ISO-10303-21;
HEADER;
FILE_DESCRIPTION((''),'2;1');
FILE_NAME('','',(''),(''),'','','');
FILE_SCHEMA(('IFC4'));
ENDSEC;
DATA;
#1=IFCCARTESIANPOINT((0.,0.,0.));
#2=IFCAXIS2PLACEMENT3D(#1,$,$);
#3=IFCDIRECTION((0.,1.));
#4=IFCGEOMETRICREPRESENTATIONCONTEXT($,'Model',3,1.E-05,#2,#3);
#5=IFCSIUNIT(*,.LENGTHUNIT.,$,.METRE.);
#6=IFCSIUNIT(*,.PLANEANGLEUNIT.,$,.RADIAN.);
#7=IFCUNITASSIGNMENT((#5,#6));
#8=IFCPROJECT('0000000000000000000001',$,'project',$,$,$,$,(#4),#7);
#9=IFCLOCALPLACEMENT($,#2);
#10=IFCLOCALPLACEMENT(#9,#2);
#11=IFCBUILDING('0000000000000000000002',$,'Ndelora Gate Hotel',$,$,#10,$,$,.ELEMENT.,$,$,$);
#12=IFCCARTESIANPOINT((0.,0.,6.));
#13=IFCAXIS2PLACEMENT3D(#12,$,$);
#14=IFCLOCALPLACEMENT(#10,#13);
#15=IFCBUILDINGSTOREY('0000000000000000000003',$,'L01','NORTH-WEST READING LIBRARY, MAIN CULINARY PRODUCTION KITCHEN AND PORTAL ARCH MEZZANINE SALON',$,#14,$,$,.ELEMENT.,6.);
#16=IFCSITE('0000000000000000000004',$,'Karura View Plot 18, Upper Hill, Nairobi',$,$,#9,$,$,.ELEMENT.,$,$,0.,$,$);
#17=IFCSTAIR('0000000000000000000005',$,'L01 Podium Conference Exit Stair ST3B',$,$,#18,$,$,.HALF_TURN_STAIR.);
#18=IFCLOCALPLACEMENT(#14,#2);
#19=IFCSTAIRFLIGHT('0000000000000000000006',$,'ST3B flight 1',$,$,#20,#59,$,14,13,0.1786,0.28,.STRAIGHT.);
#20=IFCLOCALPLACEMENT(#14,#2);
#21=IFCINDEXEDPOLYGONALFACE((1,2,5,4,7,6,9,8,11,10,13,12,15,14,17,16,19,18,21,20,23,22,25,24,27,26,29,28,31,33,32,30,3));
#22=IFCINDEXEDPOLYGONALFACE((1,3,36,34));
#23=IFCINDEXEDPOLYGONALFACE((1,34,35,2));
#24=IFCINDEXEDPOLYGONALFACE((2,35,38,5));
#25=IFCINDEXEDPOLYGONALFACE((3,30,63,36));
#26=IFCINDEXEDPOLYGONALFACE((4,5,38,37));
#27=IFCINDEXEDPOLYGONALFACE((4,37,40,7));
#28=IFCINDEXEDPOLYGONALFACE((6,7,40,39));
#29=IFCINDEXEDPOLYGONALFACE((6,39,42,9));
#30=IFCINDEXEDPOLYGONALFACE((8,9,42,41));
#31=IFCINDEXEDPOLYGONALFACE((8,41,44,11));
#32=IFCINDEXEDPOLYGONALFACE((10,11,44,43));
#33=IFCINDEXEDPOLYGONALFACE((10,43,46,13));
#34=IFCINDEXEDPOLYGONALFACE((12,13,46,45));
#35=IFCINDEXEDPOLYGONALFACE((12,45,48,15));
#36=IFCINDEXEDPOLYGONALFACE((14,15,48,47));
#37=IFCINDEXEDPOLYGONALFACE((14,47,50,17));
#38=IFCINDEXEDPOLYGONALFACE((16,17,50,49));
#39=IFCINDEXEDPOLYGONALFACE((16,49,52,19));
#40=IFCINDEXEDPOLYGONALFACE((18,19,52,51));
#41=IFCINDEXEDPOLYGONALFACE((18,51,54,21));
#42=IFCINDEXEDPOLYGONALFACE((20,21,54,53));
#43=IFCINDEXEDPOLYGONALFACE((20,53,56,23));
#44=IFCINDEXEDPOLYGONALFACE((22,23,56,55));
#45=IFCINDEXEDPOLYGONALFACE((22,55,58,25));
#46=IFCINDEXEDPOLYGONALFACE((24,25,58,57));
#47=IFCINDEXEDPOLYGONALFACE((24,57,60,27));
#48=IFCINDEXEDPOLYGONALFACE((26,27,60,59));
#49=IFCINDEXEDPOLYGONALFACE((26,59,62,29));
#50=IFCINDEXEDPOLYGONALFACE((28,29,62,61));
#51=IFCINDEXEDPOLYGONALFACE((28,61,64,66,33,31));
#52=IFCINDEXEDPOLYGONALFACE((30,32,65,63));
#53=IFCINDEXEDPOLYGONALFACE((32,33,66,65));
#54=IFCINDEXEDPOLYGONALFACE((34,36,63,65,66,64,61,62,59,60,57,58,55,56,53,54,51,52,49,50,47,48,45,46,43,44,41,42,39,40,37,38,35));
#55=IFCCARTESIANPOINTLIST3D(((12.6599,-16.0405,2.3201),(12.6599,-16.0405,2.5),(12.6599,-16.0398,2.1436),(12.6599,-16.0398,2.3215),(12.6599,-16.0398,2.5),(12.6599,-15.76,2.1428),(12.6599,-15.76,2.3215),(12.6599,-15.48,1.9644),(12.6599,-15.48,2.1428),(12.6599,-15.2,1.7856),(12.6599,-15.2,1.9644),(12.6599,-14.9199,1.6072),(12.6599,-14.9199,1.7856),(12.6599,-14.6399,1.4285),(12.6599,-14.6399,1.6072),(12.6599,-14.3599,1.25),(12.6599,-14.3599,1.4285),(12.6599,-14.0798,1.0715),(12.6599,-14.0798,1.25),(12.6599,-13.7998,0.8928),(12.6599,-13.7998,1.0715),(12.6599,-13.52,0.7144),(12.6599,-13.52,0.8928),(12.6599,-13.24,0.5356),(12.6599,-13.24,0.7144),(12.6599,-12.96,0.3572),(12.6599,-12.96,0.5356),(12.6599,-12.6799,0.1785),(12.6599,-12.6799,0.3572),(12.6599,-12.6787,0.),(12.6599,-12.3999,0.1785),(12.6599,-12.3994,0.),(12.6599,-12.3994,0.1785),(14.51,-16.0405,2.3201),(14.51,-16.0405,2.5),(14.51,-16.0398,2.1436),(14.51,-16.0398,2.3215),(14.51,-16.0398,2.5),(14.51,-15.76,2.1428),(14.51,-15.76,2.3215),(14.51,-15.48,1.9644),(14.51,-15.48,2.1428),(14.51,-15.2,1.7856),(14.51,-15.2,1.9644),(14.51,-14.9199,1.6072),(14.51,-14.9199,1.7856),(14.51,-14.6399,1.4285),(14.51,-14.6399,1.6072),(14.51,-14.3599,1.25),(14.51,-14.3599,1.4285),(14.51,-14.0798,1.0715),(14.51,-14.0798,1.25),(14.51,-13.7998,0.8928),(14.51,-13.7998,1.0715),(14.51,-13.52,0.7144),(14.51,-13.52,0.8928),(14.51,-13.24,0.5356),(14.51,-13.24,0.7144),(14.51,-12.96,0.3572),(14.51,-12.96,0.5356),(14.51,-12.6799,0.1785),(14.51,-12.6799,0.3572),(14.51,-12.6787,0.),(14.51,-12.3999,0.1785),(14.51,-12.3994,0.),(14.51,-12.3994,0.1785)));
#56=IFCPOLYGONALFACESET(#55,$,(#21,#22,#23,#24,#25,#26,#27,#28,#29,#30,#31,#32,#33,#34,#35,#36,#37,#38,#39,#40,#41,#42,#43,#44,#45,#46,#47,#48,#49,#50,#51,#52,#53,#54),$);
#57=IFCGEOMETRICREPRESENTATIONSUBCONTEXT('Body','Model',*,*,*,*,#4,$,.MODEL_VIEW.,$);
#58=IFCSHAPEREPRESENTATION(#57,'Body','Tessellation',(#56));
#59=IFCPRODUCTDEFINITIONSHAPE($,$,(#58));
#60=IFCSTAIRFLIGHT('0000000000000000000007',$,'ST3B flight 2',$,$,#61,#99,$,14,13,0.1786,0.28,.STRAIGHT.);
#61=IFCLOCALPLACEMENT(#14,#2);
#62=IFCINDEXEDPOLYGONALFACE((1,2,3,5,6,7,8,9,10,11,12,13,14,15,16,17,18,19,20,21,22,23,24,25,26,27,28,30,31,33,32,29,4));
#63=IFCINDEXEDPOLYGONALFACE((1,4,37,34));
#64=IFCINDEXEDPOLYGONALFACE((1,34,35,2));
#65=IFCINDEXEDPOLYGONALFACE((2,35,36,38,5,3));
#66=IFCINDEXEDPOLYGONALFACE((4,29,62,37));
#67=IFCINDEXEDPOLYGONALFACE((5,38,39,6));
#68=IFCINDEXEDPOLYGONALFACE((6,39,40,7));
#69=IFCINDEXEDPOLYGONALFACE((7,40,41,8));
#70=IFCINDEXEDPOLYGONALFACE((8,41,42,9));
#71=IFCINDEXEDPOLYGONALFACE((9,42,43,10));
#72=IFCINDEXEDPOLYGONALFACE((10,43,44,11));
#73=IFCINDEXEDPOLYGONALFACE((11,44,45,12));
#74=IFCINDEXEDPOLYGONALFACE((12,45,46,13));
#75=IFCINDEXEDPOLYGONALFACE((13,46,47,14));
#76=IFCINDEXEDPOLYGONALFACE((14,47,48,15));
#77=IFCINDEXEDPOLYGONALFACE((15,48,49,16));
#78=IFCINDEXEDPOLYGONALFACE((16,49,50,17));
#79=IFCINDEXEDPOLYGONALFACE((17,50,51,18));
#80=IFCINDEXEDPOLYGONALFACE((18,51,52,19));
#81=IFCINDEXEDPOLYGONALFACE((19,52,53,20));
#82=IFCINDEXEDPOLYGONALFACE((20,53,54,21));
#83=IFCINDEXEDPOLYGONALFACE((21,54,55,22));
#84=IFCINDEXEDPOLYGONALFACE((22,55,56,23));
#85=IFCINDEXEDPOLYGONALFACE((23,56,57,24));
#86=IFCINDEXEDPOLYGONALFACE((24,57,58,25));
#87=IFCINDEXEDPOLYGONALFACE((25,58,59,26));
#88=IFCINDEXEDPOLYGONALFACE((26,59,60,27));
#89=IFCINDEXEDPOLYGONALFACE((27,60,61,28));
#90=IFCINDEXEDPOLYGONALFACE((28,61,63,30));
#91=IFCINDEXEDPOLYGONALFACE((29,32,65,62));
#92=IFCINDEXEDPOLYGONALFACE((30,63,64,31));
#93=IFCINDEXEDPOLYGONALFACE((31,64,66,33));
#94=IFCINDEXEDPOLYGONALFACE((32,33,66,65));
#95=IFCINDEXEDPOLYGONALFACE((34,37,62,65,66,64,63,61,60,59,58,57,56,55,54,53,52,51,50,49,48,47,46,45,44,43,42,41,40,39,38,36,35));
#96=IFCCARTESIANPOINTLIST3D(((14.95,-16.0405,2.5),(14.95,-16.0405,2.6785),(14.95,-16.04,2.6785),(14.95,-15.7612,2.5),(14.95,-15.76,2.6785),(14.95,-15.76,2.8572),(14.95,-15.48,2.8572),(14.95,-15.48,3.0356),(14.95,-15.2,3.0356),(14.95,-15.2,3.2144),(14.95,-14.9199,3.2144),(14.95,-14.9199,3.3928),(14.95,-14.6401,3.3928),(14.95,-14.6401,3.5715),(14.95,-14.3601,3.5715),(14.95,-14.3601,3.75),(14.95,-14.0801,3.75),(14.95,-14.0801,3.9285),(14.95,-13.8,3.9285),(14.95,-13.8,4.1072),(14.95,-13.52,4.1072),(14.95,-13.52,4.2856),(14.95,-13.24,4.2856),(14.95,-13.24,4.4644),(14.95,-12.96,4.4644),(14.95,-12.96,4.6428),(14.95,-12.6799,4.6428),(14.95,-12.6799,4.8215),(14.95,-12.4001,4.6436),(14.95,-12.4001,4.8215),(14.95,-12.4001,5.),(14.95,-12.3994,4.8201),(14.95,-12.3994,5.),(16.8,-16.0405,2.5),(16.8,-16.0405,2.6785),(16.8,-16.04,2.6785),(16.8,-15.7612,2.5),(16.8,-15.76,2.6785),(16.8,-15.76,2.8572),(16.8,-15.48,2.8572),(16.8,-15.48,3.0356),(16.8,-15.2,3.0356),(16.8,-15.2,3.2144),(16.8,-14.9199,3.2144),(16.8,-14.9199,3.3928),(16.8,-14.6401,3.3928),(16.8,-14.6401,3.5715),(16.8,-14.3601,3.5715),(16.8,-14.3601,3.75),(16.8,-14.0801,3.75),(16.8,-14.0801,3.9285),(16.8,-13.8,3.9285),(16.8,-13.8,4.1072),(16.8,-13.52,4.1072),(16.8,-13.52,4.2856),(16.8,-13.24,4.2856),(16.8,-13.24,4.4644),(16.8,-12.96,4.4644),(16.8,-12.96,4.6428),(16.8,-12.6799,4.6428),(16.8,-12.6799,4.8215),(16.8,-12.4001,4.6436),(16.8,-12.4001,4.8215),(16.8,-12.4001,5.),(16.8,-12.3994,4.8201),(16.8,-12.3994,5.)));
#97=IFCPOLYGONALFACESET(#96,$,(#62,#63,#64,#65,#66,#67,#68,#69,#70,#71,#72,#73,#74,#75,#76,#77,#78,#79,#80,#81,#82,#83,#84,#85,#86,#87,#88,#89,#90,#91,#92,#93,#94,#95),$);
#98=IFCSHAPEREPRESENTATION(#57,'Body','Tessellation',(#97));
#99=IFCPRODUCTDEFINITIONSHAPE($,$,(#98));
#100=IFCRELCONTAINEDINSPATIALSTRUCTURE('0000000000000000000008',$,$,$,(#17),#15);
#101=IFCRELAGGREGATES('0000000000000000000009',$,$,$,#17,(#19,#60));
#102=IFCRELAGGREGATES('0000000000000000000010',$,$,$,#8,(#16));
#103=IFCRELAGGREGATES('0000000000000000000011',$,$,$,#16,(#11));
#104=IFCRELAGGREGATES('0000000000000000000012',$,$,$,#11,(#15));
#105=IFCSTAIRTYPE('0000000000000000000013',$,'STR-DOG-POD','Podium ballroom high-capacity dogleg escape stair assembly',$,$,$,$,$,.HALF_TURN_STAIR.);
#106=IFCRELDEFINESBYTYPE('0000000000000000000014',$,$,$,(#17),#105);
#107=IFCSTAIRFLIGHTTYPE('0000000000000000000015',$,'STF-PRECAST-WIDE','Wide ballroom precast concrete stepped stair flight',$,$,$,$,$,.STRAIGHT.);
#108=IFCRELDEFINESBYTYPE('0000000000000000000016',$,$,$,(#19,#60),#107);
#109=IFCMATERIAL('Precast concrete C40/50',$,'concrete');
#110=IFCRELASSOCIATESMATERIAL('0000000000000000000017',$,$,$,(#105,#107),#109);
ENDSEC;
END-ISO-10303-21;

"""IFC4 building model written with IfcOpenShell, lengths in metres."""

from ifc_helpers import new_model, si_unit, direction, frame, origin, place, context, subcontext, project, spatial, polyline, outline, extrude, material, type_object, element, aggregate, save


model = new_model("IFC4")

# Units and contexts
model_context = context("Model", 3, precision=1e-05, world=origin(), true_north=direction((0.0, 1.0)))
body_context = subcontext(model_context, "Body", "Model", "MODEL_VIEW")
ifc_project = project(units=[si_unit("LENGTHUNIT", "METRE"), si_unit("PLANEANGLEUNIT", "RADIAN")], contexts=[model_context])

# Site, building, storey
site_placement = place(None, origin())
site = spatial("IfcSite", under=ifc_project, at=site_placement, Name="Karura View Plot 18, Upper Hill, Nairobi", CompositionType="ELEMENT", RefElevation=0.0)
building_placement = place(site_placement, origin())
building = spatial("IfcBuilding", under=site, at=building_placement, Name="Ndelora Gate Hotel", CompositionType="ELEMENT")
storey_placement = place(building_placement, frame((0.0, 0.0, 6.0)))
storey = spatial("IfcBuildingStorey", under=building, at=storey_placement, Name="L01", Description="NORTH-WEST READING LIBRARY, MAIN CULINARY PRODUCTION KITCHEN AND PORTAL ARCH MEZZANINE SALON", CompositionType="ELEMENT", Elevation=6.0)

# Stair, stair flights
ifc_material_1 = material(Name="Precast concrete C40/50", Category="concrete")
stair_type = type_object("IfcStairType", Name="STR-DOG-POD", Description="Podium ballroom high-capacity dogleg escape stair assembly", PredefinedType="HALF_TURN_STAIR", material=ifc_material_1)
stair_placement = place(storey_placement, origin())
stair = element("IfcStair", 1, at=stair_placement, inside=storey, type_object=stair_type, Name="L01 Podium Conference Exit Stair ST3B", PredefinedType="HALF_TURN_STAIR")
stair_flight_type = type_object("IfcStairFlightType", Name="STF-PRECAST-WIDE", Description="Wide ballroom precast concrete stepped stair flight", PredefinedType="STRAIGHT", material=ifc_material_1)
stair_flight_1_placement = place(storey_placement, frame((13.585, -12.3999, 0.0), z_axis=(0.0, 0.0, 1.0), x_axis=(0.0, -1.0, 0.0)))
stair_flight_1 = element("IfcStairFlight", 2, at=stair_flight_1_placement, type_object=stair_flight_type, Name="ST3B flight 1", NumberOfRisers=14, NumberOfTreads=13, PredefinedType="STRAIGHT", RiserHeight=0.1786, TreadLength=0.28, context=body_context, shape_type="SweptSolid", body=[
    extrude(outline(polyline([(-0.0005, 0.0), (-0.0005, 0.1785), (0.0, 0.1785), (0.28, 0.1785), (0.28, 0.3572), (0.5601, 0.3572), (0.5601, 0.5356), (0.8401, 0.5356), (0.8401, 0.7144), (1.1201, 0.7144), (1.1201, 0.8928), (1.3999, 0.8928), (1.3999, 1.0715), (1.6799, 1.0715), (1.6799, 1.25), (1.96, 1.25), (1.96, 1.4285), (2.24, 1.4285), (2.24, 1.6072), (2.52, 1.6072), (2.52, 1.7856), (2.8, 1.7856), (2.8, 1.9644), (3.0801, 1.9644), (3.0801, 2.1428), (3.3601, 2.1428), (3.3601, 2.3215), (3.6399, 2.3215), (3.6399, 2.5), (3.6406, 2.5), (3.6406, 2.3201), (3.6399, 2.1436), (0.2788, 0.0), (-0.0005, 0.0)])), frame((0.0, 0.925, 0.0), z_axis=(0.0, -1.0, 0.0), x_axis=(1.0, 0.0, 0.0)), (0.0, 0.0, 1.0), 1.8501),
])
stair_flight_2_placement = place(storey_placement, frame((15.875, -16.04, 2.5), z_axis=(0.0, 0.0, 1.0), x_axis=(0.0, 1.0, 0.0)))
stair_flight_2 = element("IfcStairFlight", 3, at=stair_flight_2_placement, type_object=stair_flight_type, Name="ST3B flight 2", NumberOfRisers=14, NumberOfTreads=13, PredefinedType="STRAIGHT", RiserHeight=0.1786, TreadLength=0.28, context=body_context, shape_type="SweptSolid", body=[
    extrude(outline(polyline([(-0.0005, 0.0), (-0.0005, 0.1785), (0.0, 0.1785), (0.28, 0.1785), (0.28, 0.3572), (0.5601, 0.3572), (0.5601, 0.5356), (0.8401, 0.5356), (0.8401, 0.7144), (1.1201, 0.7144), (1.1201, 0.8928), (1.3999, 0.8928), (1.3999, 1.0715), (1.6799, 1.0715), (1.6799, 1.25), (1.96, 1.25), (1.96, 1.4285), (2.24, 1.4285), (2.24, 1.6072), (2.52, 1.6072), (2.52, 1.7856), (2.8, 1.7856), (2.8, 1.9644), (3.0801, 1.9644), (3.0801, 2.1428), (3.3601, 2.1428), (3.3601, 2.3215), (3.6399, 2.3215), (3.6399, 2.5), (3.6406, 2.5), (3.6406, 2.3201), (3.6399, 2.1436), (0.2788, 0.0), (-0.0005, 0.0)])), frame((0.0, 0.925, 0.0), z_axis=(0.0, -1.0, 0.0), x_axis=(1.0, 0.0, 0.0)), (0.0, 0.0, 1.0), 1.8501),
])
aggregate(stair, [stair_flight_1, stair_flight_2])

save(model, "model.ifc")
